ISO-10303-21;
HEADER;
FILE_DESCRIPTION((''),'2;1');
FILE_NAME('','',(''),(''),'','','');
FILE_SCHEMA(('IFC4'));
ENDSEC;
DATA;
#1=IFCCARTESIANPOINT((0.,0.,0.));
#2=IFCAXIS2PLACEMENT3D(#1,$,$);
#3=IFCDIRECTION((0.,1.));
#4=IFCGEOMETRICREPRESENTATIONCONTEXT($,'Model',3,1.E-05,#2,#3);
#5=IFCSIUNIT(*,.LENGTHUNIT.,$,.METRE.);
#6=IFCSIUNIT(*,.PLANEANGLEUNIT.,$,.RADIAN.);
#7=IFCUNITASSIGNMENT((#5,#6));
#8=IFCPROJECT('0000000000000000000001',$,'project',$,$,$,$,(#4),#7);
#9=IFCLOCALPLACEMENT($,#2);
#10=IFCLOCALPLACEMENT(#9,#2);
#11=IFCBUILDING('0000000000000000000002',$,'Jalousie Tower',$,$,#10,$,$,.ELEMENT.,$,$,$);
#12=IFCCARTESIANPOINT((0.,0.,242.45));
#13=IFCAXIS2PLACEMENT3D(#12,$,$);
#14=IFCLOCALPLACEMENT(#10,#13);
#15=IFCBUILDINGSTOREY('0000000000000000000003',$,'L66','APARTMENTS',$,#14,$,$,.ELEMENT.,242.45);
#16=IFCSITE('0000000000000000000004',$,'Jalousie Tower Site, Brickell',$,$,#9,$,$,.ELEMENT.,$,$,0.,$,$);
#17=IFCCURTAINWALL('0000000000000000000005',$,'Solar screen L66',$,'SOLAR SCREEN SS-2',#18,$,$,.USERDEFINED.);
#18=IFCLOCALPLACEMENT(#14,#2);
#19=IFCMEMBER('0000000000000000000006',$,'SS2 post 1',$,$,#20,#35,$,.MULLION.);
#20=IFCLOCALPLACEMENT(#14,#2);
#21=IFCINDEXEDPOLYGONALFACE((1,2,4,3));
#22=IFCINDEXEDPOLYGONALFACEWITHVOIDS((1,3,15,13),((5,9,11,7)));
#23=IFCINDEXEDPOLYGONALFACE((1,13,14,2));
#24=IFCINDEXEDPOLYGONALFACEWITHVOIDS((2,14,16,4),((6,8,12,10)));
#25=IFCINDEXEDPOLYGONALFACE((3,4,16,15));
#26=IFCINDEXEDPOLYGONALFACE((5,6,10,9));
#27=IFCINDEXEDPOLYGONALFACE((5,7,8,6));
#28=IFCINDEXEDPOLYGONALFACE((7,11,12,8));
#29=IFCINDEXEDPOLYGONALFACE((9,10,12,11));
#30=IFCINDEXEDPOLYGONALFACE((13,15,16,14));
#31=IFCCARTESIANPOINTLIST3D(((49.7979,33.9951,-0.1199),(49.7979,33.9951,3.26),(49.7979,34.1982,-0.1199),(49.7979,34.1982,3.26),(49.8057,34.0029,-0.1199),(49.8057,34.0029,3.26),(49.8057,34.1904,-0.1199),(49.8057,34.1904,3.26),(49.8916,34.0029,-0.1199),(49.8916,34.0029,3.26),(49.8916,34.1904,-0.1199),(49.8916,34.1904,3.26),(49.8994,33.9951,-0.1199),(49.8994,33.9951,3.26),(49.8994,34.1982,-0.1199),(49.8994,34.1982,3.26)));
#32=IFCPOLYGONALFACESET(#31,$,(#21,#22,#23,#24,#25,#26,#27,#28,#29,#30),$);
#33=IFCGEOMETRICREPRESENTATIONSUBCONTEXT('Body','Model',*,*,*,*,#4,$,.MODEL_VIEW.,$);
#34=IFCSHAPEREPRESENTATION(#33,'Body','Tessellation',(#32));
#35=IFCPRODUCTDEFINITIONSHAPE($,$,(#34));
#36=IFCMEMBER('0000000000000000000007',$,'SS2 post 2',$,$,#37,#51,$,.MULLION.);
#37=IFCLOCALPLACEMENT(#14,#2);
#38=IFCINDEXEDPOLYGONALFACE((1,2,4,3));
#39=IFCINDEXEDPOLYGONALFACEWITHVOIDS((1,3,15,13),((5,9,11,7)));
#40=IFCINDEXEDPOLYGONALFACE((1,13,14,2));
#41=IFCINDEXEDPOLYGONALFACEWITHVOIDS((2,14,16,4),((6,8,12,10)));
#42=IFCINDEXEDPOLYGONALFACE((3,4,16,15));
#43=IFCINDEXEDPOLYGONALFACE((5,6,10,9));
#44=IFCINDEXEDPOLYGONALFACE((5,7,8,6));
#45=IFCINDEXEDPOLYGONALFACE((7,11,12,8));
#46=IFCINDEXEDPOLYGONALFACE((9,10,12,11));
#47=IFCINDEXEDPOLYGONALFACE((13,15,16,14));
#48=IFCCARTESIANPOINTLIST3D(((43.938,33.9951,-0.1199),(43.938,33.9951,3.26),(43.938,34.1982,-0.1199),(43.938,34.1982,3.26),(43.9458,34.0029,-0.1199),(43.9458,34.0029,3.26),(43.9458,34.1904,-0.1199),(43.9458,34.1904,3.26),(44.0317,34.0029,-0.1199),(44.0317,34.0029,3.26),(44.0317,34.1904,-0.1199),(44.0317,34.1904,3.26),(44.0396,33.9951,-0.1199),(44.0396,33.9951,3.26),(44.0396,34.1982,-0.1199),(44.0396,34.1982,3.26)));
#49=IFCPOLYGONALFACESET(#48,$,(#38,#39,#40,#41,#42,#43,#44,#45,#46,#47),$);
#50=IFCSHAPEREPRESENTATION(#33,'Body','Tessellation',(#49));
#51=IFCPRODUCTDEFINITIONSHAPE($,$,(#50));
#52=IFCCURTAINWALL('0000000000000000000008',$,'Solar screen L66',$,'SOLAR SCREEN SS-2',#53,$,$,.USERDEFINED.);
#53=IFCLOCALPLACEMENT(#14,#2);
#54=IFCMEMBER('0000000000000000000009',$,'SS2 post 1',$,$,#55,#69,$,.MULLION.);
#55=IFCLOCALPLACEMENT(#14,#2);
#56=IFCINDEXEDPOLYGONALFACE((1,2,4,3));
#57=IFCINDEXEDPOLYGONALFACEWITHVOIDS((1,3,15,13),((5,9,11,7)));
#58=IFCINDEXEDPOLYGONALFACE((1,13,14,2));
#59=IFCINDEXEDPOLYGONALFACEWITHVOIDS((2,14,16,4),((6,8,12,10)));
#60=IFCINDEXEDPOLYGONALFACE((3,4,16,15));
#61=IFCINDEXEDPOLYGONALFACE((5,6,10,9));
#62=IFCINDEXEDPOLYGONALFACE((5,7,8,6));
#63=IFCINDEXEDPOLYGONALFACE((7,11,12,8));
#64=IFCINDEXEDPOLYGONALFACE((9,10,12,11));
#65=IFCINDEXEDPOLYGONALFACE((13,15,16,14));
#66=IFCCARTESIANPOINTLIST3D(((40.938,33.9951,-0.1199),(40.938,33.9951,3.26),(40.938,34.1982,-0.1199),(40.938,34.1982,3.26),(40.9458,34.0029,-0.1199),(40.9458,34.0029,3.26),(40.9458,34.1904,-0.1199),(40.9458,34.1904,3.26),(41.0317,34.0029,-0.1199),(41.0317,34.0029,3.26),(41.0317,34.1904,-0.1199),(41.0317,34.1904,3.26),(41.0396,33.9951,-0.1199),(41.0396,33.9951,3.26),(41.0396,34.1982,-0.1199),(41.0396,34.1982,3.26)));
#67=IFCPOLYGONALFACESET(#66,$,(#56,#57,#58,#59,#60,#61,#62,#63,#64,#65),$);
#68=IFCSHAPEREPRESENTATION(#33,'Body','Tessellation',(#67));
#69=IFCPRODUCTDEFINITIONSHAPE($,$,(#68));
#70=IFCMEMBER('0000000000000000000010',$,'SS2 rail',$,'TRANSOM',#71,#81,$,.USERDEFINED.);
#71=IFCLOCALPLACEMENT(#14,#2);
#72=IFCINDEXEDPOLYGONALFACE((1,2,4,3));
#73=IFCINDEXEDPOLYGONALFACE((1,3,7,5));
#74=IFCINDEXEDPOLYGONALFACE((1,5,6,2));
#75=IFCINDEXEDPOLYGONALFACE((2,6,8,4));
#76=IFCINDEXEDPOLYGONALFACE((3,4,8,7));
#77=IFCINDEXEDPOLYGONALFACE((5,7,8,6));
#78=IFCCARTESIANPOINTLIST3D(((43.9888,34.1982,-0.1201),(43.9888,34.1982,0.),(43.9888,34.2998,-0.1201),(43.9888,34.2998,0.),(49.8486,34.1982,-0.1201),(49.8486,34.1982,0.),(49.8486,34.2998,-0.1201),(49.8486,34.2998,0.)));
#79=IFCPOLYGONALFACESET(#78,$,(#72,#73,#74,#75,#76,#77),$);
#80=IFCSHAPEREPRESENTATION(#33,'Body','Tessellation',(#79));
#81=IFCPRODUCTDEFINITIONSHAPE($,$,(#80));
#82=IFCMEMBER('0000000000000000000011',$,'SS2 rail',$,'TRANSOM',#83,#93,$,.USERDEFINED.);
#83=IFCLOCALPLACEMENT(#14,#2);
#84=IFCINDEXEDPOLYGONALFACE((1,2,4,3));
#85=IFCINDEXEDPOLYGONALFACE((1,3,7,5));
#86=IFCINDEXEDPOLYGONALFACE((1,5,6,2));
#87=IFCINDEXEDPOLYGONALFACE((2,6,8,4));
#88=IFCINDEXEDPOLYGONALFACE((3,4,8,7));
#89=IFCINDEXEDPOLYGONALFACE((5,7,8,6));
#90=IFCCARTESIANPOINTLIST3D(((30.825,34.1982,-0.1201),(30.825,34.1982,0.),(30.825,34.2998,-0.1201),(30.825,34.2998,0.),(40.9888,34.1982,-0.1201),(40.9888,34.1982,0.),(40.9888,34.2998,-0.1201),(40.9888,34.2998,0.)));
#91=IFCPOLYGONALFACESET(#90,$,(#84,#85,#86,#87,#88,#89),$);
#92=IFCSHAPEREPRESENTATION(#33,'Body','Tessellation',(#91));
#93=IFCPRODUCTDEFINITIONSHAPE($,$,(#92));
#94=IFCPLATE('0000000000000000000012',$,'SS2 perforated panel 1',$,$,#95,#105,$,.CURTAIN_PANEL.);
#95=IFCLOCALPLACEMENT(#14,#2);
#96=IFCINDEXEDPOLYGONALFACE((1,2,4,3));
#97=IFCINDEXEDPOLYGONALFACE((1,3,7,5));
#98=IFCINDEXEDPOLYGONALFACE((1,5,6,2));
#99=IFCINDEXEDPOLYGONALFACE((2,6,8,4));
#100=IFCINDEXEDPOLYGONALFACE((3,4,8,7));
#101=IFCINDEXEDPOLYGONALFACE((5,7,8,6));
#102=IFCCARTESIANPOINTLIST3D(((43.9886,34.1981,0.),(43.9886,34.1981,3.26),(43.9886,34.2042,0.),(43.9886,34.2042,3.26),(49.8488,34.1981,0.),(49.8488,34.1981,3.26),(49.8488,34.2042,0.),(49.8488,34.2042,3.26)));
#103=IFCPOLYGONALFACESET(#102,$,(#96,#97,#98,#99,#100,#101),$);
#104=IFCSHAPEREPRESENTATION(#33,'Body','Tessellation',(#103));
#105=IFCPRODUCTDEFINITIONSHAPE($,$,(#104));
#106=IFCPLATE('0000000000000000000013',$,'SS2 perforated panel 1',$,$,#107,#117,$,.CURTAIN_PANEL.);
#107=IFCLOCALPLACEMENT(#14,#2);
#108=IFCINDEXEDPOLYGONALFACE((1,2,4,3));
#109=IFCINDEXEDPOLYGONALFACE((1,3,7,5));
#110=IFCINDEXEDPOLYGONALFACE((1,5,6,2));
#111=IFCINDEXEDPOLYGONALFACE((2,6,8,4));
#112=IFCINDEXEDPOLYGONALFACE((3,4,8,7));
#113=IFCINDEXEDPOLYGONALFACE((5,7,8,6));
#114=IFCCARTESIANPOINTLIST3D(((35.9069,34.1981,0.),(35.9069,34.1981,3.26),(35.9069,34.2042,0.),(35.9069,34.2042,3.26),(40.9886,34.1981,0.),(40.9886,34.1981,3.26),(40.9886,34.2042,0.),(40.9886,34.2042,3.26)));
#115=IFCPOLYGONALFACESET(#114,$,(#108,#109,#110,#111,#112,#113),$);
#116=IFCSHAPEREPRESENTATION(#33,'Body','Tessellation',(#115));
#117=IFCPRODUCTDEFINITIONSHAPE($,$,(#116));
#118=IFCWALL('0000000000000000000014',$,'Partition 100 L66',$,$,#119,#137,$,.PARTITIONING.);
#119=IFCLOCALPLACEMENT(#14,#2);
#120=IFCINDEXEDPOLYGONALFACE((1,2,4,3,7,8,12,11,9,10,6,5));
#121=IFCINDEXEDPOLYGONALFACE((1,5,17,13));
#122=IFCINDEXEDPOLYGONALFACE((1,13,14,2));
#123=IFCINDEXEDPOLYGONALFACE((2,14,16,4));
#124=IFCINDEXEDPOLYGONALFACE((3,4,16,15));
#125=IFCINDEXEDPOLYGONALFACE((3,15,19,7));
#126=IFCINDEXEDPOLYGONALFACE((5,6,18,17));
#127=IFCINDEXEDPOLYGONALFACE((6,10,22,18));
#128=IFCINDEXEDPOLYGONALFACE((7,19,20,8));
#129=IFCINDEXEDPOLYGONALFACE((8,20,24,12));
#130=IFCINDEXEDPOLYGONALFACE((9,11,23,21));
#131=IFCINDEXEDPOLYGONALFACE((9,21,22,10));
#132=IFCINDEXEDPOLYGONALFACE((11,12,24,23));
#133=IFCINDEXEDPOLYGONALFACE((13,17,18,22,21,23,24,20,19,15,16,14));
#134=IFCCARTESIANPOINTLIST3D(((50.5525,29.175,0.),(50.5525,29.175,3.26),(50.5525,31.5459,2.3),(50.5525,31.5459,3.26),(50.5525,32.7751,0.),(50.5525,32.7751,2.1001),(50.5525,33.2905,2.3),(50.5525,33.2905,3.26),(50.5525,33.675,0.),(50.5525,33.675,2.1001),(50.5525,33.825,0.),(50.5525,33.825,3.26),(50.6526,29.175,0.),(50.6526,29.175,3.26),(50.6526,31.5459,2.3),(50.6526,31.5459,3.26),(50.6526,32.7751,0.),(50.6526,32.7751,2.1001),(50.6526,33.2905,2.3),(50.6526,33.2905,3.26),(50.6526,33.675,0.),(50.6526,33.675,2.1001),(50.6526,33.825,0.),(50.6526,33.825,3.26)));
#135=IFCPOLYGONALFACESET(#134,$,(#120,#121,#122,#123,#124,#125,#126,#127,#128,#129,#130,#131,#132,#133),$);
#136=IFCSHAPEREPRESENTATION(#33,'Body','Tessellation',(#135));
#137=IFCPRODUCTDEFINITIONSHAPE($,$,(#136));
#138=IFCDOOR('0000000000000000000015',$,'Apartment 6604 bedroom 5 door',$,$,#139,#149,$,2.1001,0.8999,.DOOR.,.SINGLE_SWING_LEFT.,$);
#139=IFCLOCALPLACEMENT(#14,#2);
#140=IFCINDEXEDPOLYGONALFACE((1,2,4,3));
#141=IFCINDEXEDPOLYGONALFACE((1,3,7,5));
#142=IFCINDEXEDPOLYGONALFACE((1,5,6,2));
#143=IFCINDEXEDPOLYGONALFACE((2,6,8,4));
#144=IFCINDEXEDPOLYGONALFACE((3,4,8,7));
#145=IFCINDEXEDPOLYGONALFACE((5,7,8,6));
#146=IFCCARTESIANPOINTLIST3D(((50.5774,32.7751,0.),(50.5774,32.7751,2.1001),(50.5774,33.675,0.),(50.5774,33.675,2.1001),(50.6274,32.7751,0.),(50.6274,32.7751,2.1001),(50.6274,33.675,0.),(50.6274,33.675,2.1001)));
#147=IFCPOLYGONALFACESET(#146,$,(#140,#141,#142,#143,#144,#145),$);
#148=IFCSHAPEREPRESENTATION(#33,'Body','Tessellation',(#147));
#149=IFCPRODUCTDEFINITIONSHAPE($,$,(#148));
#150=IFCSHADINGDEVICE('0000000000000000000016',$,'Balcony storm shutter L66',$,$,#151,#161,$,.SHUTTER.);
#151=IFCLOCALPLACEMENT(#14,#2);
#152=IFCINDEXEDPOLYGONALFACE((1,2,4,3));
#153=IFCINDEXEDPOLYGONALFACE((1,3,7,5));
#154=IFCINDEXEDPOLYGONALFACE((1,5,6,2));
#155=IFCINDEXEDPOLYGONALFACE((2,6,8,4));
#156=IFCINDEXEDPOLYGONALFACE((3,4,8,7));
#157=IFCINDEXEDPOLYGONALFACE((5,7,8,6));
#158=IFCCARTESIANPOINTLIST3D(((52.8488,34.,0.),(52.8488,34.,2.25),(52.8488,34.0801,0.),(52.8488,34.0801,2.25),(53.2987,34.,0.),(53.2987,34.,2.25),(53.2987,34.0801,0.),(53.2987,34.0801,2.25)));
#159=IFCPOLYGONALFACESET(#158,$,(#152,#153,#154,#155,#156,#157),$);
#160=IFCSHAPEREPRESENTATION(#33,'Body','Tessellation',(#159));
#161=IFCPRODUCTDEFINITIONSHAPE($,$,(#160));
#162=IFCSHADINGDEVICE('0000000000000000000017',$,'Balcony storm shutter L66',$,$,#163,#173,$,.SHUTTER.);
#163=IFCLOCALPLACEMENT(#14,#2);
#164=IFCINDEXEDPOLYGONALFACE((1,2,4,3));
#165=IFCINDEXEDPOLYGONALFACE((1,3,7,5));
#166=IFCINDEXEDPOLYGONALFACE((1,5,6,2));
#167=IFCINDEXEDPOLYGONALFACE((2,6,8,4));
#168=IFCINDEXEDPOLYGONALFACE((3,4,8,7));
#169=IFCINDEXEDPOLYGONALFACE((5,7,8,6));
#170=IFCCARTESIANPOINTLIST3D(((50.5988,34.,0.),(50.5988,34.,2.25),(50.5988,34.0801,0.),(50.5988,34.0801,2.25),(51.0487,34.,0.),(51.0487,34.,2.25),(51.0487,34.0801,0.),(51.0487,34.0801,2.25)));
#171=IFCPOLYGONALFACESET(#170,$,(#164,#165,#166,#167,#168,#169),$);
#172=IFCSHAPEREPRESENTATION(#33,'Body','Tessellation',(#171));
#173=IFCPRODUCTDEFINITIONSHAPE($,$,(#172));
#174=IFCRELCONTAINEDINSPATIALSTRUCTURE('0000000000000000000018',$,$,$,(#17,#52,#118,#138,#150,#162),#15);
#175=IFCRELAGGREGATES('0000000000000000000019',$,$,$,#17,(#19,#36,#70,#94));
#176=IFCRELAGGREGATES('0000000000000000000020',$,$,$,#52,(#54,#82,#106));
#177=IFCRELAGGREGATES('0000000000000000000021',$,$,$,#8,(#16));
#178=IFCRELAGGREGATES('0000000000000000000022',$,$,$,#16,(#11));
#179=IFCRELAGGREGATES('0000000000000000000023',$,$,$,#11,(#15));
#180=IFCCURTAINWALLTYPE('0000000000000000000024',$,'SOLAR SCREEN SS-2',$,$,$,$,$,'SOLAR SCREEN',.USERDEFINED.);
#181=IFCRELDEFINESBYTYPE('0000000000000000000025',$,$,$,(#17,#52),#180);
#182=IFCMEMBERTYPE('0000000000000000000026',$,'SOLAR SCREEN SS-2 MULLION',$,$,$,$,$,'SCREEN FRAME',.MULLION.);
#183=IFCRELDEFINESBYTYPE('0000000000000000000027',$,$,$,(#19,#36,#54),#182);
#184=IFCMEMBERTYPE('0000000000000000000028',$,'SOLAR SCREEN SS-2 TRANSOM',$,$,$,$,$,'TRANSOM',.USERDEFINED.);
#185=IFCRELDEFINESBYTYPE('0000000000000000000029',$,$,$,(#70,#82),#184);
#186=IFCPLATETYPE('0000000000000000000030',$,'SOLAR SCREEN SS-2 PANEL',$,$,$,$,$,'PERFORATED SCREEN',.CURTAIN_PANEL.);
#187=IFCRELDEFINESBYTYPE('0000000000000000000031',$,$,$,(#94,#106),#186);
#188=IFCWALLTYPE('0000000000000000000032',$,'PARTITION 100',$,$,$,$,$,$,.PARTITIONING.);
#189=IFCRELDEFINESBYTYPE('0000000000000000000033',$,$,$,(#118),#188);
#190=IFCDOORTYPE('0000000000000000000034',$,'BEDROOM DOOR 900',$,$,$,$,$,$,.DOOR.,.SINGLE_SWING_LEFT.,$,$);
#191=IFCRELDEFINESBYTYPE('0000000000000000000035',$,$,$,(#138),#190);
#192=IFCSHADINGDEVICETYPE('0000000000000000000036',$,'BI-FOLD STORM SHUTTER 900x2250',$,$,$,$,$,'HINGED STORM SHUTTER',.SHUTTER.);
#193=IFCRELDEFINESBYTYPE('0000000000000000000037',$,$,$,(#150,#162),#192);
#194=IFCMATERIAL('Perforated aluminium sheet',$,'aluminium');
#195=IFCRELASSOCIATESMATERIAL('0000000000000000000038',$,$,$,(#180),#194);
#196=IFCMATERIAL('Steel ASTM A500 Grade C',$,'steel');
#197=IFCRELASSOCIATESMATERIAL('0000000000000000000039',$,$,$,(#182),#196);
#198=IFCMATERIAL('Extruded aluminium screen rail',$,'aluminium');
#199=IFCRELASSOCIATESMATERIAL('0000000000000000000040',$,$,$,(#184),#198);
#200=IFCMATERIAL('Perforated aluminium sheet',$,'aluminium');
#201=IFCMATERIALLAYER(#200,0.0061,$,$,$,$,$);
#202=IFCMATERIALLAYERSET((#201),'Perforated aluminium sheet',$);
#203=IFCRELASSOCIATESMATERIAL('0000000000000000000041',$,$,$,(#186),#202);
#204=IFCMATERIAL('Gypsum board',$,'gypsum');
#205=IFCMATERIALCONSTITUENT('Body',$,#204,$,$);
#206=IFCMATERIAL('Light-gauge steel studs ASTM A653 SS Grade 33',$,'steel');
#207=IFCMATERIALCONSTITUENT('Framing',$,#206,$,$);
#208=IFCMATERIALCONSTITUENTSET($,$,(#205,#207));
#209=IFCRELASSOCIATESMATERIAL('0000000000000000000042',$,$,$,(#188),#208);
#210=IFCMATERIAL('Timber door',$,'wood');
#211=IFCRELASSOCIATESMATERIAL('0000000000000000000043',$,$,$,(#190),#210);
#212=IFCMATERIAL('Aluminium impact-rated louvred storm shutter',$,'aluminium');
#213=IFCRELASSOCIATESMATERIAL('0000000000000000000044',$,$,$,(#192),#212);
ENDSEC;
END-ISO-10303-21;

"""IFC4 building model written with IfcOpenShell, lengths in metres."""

from ifc_helpers import new_model, si_unit, direction, frame, frame_2d, origin, origin_2d, place, context, subcontext, project, spatial, polyline, rectangle, hollow_rectangle, outline, extrude, material, layer, layer_set, constituent, constituent_set, material_profile, profile_set, type_object, element, fill, aggregate, save


model = new_model("IFC4")

# Units and contexts
model_context = context("Model", 3, precision=1e-05, world=origin(), true_north=direction((0.0, 1.0)))
body_context = subcontext(model_context, "Body", "Model", "MODEL_VIEW")
ifc_project = project(units=[si_unit("LENGTHUNIT", "METRE"), si_unit("PLANEANGLEUNIT", "RADIAN")], contexts=[model_context])

# Site, building, storey
site_placement = place(None, origin())
site = spatial("IfcSite", under=ifc_project, at=site_placement, Name="Jalousie Tower Site, Brickell", CompositionType="ELEMENT", RefElevation=0.0)
building_placement = place(site_placement, origin())
building = spatial("IfcBuilding", under=site, at=building_placement, Name="Jalousie Tower", CompositionType="ELEMENT")
storey_placement = place(building_placement, frame((0.0, 0.0, 242.45)))
storey = spatial("IfcBuildingStorey", under=building, at=storey_placement, Name="L66", Description="APARTMENTS", CompositionType="ELEMENT", Elevation=242.45)

# Curtain wall, members
ifc_material_1 = material(Name="Perforated aluminium sheet", Category="aluminium")
curtain_wall_type = type_object("IfcCurtainWallType", Name="SOLAR SCREEN SS-2", ElementType="SOLAR SCREEN", PredefinedType="USERDEFINED", material=ifc_material_1)
curtain_wall_1_placement = place(storey_placement, origin())
curtain_wall_1 = element("IfcCurtainWall", 1, at=curtain_wall_1_placement, inside=storey, type_object=curtain_wall_type, Name="Solar screen L66", ObjectType="SOLAR SCREEN SS-2", PredefinedType="USERDEFINED")
ifc_material_2 = material(Name="Steel ASTM A500 Grade C", Category="steel")
ifc_material_profile_1 = material_profile(ifc_material_2, hollow_rectangle(XDim=0.1016, YDim=0.2031, WallThickness=0.0078, at=origin_2d()), Name="HSS8X4X5/16")
ifc_profile_set_1 = profile_set([ifc_material_profile_1], Name="Steel ASTM A500 Grade C")
member_type_1 = type_object("IfcMemberType", Name="SOLAR SCREEN SS-2 MULLION", ElementType="SCREEN FRAME", PredefinedType="MULLION", material=ifc_profile_set_1)
member_1_placement = place(storey_placement, frame((49.8486, 34.0967, -0.1199), z_axis=(0.0, 0.0, 1.0), x_axis=(-1.0, 0.0, 0.0)))
member_1 = element("IfcMember", 2, at=member_1_placement, type_object=member_type_1, Name="SS2 post 1", PredefinedType="MULLION", context=body_context, shape_type="SweptSolid", body=[
    extrude(hollow_rectangle(XDim=0.1016, YDim=0.2031, WallThickness=0.0078, at=origin_2d()), origin(), (0.0, 0.0, 1.0), 3.3799),
])
member_2_placement = place(storey_placement, frame((43.9888, 34.0967, -0.1199), z_axis=(0.0, 0.0, 1.0), x_axis=(-1.0, 0.0, 0.0)))
member_2 = element("IfcMember", 3, at=member_2_placement, type_object=member_type_1, Name="SS2 post 2", PredefinedType="MULLION", context=body_context, shape_type="SweptSolid", body=[
    extrude(hollow_rectangle(XDim=0.1016, YDim=0.2031, WallThickness=0.0078, at=origin_2d()), origin(), (0.0, 0.0, 1.0), 3.3799),
])

# Curtain wall, member
curtain_wall_2_placement = place(storey_placement, origin())
curtain_wall_2 = element("IfcCurtainWall", 4, at=curtain_wall_2_placement, inside=storey, type_object=curtain_wall_type, Name="Solar screen L66", ObjectType="SOLAR SCREEN SS-2", PredefinedType="USERDEFINED")
member_3_placement = place(storey_placement, frame((40.9888, 34.0967, -0.1199), z_axis=(0.0, 0.0, 1.0), x_axis=(-1.0, 0.0, 0.0)))
member_3 = element("IfcMember", 5, at=member_3_placement, type_object=member_type_1, Name="SS2 post 1", PredefinedType="MULLION", context=body_context, shape_type="SweptSolid", body=[
    extrude(hollow_rectangle(XDim=0.1016, YDim=0.2031, WallThickness=0.0078, at=origin_2d()), origin(), (0.0, 0.0, 1.0), 3.3799),
])

# Members
ifc_material_3 = material(Name="Extruded aluminium screen rail", Category="aluminium")
ifc_material_profile_2 = material_profile(ifc_material_3, rectangle(XDim=0.1016, YDim=0.1201, at=origin_2d()), Name="RAIL 102x120")
ifc_profile_set_2 = profile_set([ifc_material_profile_2], Name="Extruded aluminium screen rail")
member_type_2 = type_object("IfcMemberType", Name="SOLAR SCREEN SS-2 TRANSOM", ElementType="TRANSOM", PredefinedType="USERDEFINED", material=ifc_profile_set_2)
member_4_placement = place(storey_placement, frame((49.8486, 34.249, -0.0601), z_axis=(-1.0, 0.0, 0.0), x_axis=(0.0, -1.0, 0.0)))
member_4 = element("IfcMember", 6, at=member_4_placement, type_object=member_type_2, Name="SS2 rail", ObjectType="TRANSOM", PredefinedType="USERDEFINED", context=body_context, shape_type="SweptSolid", body=[
    extrude(rectangle(XDim=0.1016, YDim=0.1201, at=origin_2d()), origin(), (0.0, 0.0, 1.0), 5.8599),
])
member_5_placement = place(storey_placement, frame((40.9888, 34.249, -0.0601), z_axis=(-1.0, 0.0, 0.0), x_axis=(0.0, -1.0, 0.0)))
member_5 = element("IfcMember", 7, at=member_5_placement, type_object=member_type_2, Name="SS2 rail", ObjectType="TRANSOM", PredefinedType="USERDEFINED", context=body_context, shape_type="SweptSolid", body=[
    extrude(rectangle(XDim=0.1016, YDim=0.1201, at=origin_2d()), origin(), (0.0, 0.0, 1.0), 10.1638),
])

# Plates
ifc_material_4 = material(Name="Perforated aluminium sheet", Category="aluminium")
ifc_layer_1 = layer(ifc_material_4, 0.0061)
ifc_layer_set_1 = layer_set([ifc_layer_1], Name="Perforated aluminium sheet")
plate_type = type_object("IfcPlateType", Name="SOLAR SCREEN SS-2 PANEL", ElementType="PERFORATED SCREEN", PredefinedType="CURTAIN_PANEL", material=ifc_layer_set_1)
plate_1_placement = place(storey_placement, frame((46.9187, 34.2012, 0.0), z_axis=(0.0, 0.0, 1.0), x_axis=(-1.0, 0.0, 0.0)))
plate_1 = element("IfcPlate", 8, at=plate_1_placement, type_object=plate_type, Name="SS2 perforated panel 1", PredefinedType="CURTAIN_PANEL", context=body_context, shape_type="SweptSolid", body=[
    extrude(rectangle(XDim=5.8601, YDim=0.0061, at=origin_2d()), origin(), (0.0, 0.0, 1.0), 3.26),
])
aggregate(curtain_wall_1, [member_1, member_2, member_4, plate_1])
plate_2_placement = place(storey_placement, frame((38.4478, 34.2012, 0.0), z_axis=(0.0, 0.0, 1.0), x_axis=(-1.0, 0.0, 0.0)))
plate_2 = element("IfcPlate", 9, at=plate_2_placement, type_object=plate_type, Name="SS2 perforated panel 1", PredefinedType="CURTAIN_PANEL", context=body_context, shape_type="SweptSolid", body=[
    extrude(rectangle(XDim=5.0818, YDim=0.0061, at=origin_2d()), origin(), (0.0, 0.0, 1.0), 3.26),
])
aggregate(curtain_wall_2, [member_3, member_5, plate_2])

# Wall, opening, door
ifc_material_5 = material(Name="Gypsum board", Category="gypsum")
ifc_constituent_1 = constituent(ifc_material_5, Name="Body")
ifc_material_6 = material(Name="Light-gauge steel studs ASTM A653 SS Grade 33", Category="steel")
ifc_constituent_2 = constituent(ifc_material_6, Name="Framing")
ifc_constituent_set = constituent_set(constituents=[ifc_constituent_1, ifc_constituent_2])
wall_type = type_object("IfcWallType", Name="PARTITION 100", PredefinedType="PARTITIONING", material=ifc_constituent_set)
wall_placement = place(storey_placement, frame((50.6025, 33.825, 0.0), z_axis=(0.0, 0.0, 1.0), x_axis=(0.0, -1.0, 0.0)))
wall = element("IfcWall", 10, at=wall_placement, inside=storey, type_object=wall_type, Name="Partition 100 L66", PredefinedType="PARTITIONING", context=body_context, shape_type="SweptSolid", body=[
    extrude(outline(polyline([(0.0, 0.0), (4.6499, 0.0), (4.6499, 3.26), (2.2791, 3.26), (2.2791, 2.3), (0.5344, 2.3), (0.5344, 3.26), (0.0, 3.26), (0.0, 0.0)])), frame((0.0, 0.05, 0.0), z_axis=(0.0, -1.0, 0.0), x_axis=(1.0, 0.0, 0.0)), (0.0, 0.0, 1.0), 0.1001),
])
opening_placement = place(wall_placement, frame((0.1499, 0.0, 0.0)))
opening = element("IfcOpeningElement", 11, at=opening_placement, cuts=wall, PredefinedType="OPENING", context=body_context, shape_type="SweptSolid", body=[
    extrude(rectangle(XDim=0.8999, YDim=2.1001, at=frame_2d((0.45, 1.05))), frame((0.0, 0.0601, 0.0), z_axis=(0.0, -1.0, 0.0), x_axis=(1.0, 0.0, 0.0)), (0.0, 0.0, 1.0), 0.1201),
])
ifc_material_7 = material(Name="Timber door", Category="wood")
door_type = type_object("IfcDoorType", Name="BEDROOM DOOR 900", OperationType="SINGLE_SWING_LEFT", PredefinedType="DOOR", material=ifc_material_7)
door_placement = place(opening_placement, origin())
door = element("IfcDoor", 12, at=door_placement, inside=storey, type_object=door_type, Name="Apartment 6604 bedroom 5 door", OperationType="SINGLE_SWING_LEFT", OverallHeight=2.1001, OverallWidth=0.8999, PredefinedType="DOOR", context=body_context, shape_type="SweptSolid", body=[
    extrude(rectangle(XDim=0.8999, YDim=2.1001, at=frame_2d((0.45, 1.05))), frame((0.0, 0.0249, 0.0), z_axis=(0.0, -1.0, 0.0), x_axis=(1.0, 0.0, 0.0)), (0.0, 0.0, 1.0), 0.05),
])
fill(opening, door)

# Shading devices
ifc_material_8 = material(Name="Aluminium impact-rated louvred storm shutter", Category="aluminium")
shading_device_type_1 = type_object("IfcShadingDeviceType", Name="BI-FOLD STORM SHUTTER 900x2250", ElementType="HINGED STORM SHUTTER", PredefinedType="SHUTTER", material=ifc_material_8)
for number, where, z_axis, x_axis, name in (
    (13, (53.0737, 34.04, 0.0), (0.0, 0.0, 1.0), (-1.0, 0.0, 0.0), "Balcony storm shutter L66"),
    (14, (50.8237, 34.04, 0.0), (0.0, 0.0, 1.0), (-1.0, 0.0, 0.0), "Balcony storm shutter L66"),
):
    element("IfcShadingDevice", number, at=place(storey_placement, frame(where, z_axis=z_axis, x_axis=x_axis)), inside=storey, type_object=shading_device_type_1, Name=name, PredefinedType="SHUTTER", context=body_context, shape_type="SweptSolid", body=[
        extrude(rectangle(XDim=0.45, YDim=0.0801, at=origin_2d()), origin(), (0.0, 0.0, 1.0), 2.25),
    ])

save(model, "model.ifc")
